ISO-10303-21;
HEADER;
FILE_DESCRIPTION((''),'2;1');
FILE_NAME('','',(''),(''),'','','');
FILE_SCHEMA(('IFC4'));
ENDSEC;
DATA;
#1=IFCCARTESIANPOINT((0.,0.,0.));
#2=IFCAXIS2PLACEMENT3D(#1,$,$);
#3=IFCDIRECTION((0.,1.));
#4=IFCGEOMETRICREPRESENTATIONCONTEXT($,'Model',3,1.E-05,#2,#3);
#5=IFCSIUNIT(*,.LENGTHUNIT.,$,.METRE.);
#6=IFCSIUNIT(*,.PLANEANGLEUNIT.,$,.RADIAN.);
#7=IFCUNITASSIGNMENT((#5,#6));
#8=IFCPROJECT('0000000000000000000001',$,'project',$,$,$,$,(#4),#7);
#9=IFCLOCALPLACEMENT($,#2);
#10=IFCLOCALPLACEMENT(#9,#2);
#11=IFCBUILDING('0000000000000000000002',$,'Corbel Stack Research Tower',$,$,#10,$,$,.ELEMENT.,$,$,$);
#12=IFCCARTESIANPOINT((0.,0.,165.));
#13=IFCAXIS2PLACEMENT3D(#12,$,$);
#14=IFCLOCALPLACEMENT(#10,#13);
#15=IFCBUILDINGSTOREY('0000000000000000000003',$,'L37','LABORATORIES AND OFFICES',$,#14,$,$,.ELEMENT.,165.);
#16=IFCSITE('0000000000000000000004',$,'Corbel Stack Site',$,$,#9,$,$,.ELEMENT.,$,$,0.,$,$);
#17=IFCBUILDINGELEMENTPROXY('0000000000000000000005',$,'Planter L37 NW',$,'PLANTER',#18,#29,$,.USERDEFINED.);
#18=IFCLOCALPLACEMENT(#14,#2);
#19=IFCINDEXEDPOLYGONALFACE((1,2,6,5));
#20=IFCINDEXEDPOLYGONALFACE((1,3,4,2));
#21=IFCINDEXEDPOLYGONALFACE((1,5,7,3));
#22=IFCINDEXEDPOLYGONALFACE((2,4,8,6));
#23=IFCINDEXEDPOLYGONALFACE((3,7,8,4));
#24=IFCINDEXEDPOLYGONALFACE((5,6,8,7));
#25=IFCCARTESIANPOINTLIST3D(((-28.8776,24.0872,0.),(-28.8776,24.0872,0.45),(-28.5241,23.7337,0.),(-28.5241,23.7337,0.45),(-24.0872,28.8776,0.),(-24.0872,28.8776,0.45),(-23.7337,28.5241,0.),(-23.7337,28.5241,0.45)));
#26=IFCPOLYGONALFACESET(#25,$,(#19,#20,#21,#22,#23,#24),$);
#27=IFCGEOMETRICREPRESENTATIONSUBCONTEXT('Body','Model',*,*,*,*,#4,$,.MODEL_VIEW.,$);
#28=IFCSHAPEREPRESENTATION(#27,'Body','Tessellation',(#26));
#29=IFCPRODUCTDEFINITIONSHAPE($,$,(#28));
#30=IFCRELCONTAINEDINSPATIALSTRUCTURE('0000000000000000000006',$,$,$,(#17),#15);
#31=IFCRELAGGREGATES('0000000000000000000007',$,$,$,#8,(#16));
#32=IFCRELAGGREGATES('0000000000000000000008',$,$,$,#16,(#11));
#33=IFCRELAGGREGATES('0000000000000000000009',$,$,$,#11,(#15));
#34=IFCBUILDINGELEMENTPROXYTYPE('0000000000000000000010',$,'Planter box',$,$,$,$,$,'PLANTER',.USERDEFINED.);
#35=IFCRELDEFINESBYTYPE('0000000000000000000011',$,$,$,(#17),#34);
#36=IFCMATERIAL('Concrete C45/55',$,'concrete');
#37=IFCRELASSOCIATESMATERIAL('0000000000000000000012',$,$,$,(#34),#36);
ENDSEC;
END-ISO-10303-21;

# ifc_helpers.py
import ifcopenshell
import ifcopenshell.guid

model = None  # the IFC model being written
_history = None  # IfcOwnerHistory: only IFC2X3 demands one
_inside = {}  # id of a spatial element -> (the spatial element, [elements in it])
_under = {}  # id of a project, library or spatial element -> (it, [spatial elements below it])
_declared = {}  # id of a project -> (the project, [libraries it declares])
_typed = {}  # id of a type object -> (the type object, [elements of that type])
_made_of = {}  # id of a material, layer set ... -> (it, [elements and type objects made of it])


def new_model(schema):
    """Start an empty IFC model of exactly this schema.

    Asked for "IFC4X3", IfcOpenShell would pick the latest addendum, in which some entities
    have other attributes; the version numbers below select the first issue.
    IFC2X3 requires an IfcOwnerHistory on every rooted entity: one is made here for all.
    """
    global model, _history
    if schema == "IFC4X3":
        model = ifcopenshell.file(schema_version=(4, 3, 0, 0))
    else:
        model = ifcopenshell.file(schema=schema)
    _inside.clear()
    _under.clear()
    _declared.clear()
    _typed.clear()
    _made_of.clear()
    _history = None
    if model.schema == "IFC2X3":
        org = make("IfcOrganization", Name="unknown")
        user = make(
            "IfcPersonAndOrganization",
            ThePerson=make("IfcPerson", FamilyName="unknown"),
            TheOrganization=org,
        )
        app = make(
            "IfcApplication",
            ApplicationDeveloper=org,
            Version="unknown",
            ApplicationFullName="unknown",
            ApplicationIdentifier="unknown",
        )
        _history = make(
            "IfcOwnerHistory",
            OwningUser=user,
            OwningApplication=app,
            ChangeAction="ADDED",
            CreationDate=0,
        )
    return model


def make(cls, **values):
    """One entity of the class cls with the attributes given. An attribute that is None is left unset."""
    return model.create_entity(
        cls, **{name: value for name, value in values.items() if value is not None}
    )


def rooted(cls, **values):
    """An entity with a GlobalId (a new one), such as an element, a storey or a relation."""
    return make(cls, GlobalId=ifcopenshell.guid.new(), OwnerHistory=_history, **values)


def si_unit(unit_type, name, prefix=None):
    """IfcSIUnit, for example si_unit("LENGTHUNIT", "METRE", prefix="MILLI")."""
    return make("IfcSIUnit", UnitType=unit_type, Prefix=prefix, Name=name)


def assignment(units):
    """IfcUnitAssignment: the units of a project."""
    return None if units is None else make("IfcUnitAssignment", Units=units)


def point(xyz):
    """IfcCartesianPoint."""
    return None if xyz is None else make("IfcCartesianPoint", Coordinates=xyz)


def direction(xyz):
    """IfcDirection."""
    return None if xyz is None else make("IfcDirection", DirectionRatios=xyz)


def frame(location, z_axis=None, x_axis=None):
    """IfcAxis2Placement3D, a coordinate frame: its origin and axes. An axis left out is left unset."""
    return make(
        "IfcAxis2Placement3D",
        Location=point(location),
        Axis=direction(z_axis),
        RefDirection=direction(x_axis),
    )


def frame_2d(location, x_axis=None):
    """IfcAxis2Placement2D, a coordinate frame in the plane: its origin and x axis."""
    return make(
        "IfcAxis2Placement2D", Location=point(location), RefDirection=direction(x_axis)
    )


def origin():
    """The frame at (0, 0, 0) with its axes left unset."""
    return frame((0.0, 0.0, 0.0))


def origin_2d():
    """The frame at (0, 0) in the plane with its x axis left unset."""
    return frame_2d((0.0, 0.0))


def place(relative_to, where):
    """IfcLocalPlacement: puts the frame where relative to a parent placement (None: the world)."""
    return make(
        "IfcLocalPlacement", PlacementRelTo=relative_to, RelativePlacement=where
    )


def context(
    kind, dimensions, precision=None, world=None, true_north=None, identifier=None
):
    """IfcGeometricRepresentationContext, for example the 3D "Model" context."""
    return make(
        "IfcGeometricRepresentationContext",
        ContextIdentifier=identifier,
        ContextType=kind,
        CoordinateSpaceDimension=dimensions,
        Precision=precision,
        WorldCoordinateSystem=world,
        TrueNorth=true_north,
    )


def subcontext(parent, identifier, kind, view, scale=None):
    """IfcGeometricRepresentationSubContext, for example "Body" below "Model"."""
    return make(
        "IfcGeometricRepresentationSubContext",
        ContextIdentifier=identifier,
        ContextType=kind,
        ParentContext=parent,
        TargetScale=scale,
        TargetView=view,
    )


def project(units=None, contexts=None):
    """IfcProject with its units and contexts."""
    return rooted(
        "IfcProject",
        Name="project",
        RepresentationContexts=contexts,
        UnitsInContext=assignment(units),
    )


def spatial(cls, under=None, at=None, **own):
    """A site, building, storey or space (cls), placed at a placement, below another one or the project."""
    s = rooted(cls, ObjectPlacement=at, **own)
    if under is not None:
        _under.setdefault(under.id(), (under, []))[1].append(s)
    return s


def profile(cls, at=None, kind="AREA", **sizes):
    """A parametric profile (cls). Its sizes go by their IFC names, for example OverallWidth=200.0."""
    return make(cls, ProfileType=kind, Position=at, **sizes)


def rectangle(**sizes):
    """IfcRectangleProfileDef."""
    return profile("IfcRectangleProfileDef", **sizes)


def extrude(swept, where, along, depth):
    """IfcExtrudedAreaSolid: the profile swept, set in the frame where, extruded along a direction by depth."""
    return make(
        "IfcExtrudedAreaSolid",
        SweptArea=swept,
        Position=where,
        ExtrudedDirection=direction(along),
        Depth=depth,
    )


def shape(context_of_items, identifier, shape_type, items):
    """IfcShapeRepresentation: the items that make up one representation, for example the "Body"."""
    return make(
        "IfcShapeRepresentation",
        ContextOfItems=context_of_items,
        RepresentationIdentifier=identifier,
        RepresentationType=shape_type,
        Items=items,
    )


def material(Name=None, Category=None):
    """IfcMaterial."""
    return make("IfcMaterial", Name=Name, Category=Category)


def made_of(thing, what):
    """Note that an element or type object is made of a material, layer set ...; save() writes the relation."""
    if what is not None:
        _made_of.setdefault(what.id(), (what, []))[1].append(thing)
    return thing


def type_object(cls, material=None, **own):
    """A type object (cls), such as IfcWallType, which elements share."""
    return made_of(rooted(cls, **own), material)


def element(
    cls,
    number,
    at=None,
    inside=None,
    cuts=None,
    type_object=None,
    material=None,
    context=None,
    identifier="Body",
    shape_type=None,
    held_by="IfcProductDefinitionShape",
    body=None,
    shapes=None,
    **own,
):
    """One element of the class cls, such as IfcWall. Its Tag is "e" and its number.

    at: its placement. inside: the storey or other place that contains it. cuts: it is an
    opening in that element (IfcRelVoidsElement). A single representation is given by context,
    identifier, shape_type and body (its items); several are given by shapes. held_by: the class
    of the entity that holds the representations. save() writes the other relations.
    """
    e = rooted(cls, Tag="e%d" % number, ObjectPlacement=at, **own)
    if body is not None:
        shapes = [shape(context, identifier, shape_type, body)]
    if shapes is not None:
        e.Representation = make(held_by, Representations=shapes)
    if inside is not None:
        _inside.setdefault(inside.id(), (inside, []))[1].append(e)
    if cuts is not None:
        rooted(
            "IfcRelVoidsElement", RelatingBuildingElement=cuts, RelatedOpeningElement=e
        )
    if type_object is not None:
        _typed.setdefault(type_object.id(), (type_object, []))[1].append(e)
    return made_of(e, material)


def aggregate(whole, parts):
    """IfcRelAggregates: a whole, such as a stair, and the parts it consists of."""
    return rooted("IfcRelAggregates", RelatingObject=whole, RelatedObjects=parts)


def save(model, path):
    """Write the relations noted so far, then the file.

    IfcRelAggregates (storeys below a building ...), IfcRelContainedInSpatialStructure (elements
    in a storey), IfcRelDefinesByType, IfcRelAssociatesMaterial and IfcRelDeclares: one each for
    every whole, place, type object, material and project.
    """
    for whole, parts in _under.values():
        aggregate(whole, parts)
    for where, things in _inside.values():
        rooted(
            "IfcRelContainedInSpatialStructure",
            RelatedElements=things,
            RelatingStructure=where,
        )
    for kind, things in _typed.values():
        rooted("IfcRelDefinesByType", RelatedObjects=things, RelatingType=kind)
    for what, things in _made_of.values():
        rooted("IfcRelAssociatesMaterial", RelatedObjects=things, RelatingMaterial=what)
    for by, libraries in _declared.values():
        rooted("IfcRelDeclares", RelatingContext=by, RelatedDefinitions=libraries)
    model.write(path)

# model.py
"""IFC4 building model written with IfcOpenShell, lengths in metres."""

from ifc_helpers import new_model, si_unit, direction, frame, origin, origin_2d, place, context, subcontext, project, spatial, rectangle, extrude, material, type_object, element, save


model = new_model("IFC4")

# Units and contexts
model_context = context("Model", 3, precision=1e-05, world=origin(), true_north=direction((0.0, 1.0)))
body_context = subcontext(model_context, "Body", "Model", "MODEL_VIEW")
ifc_project = project(units=[si_unit("LENGTHUNIT", "METRE"), si_unit("PLANEANGLEUNIT", "RADIAN")], contexts=[model_context])

# Site, building, storey
site_placement = place(None, origin())
site = spatial("IfcSite", under=ifc_project, at=site_placement, Name="Corbel Stack Site", CompositionType="ELEMENT", RefElevation=0.0)
building_placement = place(site_placement, origin())
building = spatial("IfcBuilding", under=site, at=building_placement, Name="Corbel Stack Research Tower", CompositionType="ELEMENT")
storey_placement = place(building_placement, frame((0.0, 0.0, 165.0)))
storey = spatial("IfcBuildingStorey", under=building, at=storey_placement, Name="L37", Description="LABORATORIES AND OFFICES", CompositionType="ELEMENT", Elevation=165.0)

# Building element proxy
ifc_material_1 = material(Name="Concrete C45/55", Category="concrete")
building_element_proxy_type = type_object("IfcBuildingElementProxyType", Name="Planter box", ElementType="PLANTER", PredefinedType="USERDEFINED", material=ifc_material_1)
proxy_placement = place(storey_placement, frame((-26.3057, 26.3057, 0.0), z_axis=(0.0, 0.0, 1.0), x_axis=(-0.707107, -0.707107, 0.0)))
element("IfcBuildingElementProxy", 1, at=proxy_placement, inside=storey, type_object=building_element_proxy_type, Name="Planter L37 NW", ObjectType="PLANTER", PredefinedType="USERDEFINED", context=body_context, shape_type="SweptSolid", body=[
    extrude(rectangle(XDim=6.7747, YDim=0.5, at=origin_2d()), origin(), (0.0, 0.0, 1.0), 0.45),
])

save(model, "model.ifc")
